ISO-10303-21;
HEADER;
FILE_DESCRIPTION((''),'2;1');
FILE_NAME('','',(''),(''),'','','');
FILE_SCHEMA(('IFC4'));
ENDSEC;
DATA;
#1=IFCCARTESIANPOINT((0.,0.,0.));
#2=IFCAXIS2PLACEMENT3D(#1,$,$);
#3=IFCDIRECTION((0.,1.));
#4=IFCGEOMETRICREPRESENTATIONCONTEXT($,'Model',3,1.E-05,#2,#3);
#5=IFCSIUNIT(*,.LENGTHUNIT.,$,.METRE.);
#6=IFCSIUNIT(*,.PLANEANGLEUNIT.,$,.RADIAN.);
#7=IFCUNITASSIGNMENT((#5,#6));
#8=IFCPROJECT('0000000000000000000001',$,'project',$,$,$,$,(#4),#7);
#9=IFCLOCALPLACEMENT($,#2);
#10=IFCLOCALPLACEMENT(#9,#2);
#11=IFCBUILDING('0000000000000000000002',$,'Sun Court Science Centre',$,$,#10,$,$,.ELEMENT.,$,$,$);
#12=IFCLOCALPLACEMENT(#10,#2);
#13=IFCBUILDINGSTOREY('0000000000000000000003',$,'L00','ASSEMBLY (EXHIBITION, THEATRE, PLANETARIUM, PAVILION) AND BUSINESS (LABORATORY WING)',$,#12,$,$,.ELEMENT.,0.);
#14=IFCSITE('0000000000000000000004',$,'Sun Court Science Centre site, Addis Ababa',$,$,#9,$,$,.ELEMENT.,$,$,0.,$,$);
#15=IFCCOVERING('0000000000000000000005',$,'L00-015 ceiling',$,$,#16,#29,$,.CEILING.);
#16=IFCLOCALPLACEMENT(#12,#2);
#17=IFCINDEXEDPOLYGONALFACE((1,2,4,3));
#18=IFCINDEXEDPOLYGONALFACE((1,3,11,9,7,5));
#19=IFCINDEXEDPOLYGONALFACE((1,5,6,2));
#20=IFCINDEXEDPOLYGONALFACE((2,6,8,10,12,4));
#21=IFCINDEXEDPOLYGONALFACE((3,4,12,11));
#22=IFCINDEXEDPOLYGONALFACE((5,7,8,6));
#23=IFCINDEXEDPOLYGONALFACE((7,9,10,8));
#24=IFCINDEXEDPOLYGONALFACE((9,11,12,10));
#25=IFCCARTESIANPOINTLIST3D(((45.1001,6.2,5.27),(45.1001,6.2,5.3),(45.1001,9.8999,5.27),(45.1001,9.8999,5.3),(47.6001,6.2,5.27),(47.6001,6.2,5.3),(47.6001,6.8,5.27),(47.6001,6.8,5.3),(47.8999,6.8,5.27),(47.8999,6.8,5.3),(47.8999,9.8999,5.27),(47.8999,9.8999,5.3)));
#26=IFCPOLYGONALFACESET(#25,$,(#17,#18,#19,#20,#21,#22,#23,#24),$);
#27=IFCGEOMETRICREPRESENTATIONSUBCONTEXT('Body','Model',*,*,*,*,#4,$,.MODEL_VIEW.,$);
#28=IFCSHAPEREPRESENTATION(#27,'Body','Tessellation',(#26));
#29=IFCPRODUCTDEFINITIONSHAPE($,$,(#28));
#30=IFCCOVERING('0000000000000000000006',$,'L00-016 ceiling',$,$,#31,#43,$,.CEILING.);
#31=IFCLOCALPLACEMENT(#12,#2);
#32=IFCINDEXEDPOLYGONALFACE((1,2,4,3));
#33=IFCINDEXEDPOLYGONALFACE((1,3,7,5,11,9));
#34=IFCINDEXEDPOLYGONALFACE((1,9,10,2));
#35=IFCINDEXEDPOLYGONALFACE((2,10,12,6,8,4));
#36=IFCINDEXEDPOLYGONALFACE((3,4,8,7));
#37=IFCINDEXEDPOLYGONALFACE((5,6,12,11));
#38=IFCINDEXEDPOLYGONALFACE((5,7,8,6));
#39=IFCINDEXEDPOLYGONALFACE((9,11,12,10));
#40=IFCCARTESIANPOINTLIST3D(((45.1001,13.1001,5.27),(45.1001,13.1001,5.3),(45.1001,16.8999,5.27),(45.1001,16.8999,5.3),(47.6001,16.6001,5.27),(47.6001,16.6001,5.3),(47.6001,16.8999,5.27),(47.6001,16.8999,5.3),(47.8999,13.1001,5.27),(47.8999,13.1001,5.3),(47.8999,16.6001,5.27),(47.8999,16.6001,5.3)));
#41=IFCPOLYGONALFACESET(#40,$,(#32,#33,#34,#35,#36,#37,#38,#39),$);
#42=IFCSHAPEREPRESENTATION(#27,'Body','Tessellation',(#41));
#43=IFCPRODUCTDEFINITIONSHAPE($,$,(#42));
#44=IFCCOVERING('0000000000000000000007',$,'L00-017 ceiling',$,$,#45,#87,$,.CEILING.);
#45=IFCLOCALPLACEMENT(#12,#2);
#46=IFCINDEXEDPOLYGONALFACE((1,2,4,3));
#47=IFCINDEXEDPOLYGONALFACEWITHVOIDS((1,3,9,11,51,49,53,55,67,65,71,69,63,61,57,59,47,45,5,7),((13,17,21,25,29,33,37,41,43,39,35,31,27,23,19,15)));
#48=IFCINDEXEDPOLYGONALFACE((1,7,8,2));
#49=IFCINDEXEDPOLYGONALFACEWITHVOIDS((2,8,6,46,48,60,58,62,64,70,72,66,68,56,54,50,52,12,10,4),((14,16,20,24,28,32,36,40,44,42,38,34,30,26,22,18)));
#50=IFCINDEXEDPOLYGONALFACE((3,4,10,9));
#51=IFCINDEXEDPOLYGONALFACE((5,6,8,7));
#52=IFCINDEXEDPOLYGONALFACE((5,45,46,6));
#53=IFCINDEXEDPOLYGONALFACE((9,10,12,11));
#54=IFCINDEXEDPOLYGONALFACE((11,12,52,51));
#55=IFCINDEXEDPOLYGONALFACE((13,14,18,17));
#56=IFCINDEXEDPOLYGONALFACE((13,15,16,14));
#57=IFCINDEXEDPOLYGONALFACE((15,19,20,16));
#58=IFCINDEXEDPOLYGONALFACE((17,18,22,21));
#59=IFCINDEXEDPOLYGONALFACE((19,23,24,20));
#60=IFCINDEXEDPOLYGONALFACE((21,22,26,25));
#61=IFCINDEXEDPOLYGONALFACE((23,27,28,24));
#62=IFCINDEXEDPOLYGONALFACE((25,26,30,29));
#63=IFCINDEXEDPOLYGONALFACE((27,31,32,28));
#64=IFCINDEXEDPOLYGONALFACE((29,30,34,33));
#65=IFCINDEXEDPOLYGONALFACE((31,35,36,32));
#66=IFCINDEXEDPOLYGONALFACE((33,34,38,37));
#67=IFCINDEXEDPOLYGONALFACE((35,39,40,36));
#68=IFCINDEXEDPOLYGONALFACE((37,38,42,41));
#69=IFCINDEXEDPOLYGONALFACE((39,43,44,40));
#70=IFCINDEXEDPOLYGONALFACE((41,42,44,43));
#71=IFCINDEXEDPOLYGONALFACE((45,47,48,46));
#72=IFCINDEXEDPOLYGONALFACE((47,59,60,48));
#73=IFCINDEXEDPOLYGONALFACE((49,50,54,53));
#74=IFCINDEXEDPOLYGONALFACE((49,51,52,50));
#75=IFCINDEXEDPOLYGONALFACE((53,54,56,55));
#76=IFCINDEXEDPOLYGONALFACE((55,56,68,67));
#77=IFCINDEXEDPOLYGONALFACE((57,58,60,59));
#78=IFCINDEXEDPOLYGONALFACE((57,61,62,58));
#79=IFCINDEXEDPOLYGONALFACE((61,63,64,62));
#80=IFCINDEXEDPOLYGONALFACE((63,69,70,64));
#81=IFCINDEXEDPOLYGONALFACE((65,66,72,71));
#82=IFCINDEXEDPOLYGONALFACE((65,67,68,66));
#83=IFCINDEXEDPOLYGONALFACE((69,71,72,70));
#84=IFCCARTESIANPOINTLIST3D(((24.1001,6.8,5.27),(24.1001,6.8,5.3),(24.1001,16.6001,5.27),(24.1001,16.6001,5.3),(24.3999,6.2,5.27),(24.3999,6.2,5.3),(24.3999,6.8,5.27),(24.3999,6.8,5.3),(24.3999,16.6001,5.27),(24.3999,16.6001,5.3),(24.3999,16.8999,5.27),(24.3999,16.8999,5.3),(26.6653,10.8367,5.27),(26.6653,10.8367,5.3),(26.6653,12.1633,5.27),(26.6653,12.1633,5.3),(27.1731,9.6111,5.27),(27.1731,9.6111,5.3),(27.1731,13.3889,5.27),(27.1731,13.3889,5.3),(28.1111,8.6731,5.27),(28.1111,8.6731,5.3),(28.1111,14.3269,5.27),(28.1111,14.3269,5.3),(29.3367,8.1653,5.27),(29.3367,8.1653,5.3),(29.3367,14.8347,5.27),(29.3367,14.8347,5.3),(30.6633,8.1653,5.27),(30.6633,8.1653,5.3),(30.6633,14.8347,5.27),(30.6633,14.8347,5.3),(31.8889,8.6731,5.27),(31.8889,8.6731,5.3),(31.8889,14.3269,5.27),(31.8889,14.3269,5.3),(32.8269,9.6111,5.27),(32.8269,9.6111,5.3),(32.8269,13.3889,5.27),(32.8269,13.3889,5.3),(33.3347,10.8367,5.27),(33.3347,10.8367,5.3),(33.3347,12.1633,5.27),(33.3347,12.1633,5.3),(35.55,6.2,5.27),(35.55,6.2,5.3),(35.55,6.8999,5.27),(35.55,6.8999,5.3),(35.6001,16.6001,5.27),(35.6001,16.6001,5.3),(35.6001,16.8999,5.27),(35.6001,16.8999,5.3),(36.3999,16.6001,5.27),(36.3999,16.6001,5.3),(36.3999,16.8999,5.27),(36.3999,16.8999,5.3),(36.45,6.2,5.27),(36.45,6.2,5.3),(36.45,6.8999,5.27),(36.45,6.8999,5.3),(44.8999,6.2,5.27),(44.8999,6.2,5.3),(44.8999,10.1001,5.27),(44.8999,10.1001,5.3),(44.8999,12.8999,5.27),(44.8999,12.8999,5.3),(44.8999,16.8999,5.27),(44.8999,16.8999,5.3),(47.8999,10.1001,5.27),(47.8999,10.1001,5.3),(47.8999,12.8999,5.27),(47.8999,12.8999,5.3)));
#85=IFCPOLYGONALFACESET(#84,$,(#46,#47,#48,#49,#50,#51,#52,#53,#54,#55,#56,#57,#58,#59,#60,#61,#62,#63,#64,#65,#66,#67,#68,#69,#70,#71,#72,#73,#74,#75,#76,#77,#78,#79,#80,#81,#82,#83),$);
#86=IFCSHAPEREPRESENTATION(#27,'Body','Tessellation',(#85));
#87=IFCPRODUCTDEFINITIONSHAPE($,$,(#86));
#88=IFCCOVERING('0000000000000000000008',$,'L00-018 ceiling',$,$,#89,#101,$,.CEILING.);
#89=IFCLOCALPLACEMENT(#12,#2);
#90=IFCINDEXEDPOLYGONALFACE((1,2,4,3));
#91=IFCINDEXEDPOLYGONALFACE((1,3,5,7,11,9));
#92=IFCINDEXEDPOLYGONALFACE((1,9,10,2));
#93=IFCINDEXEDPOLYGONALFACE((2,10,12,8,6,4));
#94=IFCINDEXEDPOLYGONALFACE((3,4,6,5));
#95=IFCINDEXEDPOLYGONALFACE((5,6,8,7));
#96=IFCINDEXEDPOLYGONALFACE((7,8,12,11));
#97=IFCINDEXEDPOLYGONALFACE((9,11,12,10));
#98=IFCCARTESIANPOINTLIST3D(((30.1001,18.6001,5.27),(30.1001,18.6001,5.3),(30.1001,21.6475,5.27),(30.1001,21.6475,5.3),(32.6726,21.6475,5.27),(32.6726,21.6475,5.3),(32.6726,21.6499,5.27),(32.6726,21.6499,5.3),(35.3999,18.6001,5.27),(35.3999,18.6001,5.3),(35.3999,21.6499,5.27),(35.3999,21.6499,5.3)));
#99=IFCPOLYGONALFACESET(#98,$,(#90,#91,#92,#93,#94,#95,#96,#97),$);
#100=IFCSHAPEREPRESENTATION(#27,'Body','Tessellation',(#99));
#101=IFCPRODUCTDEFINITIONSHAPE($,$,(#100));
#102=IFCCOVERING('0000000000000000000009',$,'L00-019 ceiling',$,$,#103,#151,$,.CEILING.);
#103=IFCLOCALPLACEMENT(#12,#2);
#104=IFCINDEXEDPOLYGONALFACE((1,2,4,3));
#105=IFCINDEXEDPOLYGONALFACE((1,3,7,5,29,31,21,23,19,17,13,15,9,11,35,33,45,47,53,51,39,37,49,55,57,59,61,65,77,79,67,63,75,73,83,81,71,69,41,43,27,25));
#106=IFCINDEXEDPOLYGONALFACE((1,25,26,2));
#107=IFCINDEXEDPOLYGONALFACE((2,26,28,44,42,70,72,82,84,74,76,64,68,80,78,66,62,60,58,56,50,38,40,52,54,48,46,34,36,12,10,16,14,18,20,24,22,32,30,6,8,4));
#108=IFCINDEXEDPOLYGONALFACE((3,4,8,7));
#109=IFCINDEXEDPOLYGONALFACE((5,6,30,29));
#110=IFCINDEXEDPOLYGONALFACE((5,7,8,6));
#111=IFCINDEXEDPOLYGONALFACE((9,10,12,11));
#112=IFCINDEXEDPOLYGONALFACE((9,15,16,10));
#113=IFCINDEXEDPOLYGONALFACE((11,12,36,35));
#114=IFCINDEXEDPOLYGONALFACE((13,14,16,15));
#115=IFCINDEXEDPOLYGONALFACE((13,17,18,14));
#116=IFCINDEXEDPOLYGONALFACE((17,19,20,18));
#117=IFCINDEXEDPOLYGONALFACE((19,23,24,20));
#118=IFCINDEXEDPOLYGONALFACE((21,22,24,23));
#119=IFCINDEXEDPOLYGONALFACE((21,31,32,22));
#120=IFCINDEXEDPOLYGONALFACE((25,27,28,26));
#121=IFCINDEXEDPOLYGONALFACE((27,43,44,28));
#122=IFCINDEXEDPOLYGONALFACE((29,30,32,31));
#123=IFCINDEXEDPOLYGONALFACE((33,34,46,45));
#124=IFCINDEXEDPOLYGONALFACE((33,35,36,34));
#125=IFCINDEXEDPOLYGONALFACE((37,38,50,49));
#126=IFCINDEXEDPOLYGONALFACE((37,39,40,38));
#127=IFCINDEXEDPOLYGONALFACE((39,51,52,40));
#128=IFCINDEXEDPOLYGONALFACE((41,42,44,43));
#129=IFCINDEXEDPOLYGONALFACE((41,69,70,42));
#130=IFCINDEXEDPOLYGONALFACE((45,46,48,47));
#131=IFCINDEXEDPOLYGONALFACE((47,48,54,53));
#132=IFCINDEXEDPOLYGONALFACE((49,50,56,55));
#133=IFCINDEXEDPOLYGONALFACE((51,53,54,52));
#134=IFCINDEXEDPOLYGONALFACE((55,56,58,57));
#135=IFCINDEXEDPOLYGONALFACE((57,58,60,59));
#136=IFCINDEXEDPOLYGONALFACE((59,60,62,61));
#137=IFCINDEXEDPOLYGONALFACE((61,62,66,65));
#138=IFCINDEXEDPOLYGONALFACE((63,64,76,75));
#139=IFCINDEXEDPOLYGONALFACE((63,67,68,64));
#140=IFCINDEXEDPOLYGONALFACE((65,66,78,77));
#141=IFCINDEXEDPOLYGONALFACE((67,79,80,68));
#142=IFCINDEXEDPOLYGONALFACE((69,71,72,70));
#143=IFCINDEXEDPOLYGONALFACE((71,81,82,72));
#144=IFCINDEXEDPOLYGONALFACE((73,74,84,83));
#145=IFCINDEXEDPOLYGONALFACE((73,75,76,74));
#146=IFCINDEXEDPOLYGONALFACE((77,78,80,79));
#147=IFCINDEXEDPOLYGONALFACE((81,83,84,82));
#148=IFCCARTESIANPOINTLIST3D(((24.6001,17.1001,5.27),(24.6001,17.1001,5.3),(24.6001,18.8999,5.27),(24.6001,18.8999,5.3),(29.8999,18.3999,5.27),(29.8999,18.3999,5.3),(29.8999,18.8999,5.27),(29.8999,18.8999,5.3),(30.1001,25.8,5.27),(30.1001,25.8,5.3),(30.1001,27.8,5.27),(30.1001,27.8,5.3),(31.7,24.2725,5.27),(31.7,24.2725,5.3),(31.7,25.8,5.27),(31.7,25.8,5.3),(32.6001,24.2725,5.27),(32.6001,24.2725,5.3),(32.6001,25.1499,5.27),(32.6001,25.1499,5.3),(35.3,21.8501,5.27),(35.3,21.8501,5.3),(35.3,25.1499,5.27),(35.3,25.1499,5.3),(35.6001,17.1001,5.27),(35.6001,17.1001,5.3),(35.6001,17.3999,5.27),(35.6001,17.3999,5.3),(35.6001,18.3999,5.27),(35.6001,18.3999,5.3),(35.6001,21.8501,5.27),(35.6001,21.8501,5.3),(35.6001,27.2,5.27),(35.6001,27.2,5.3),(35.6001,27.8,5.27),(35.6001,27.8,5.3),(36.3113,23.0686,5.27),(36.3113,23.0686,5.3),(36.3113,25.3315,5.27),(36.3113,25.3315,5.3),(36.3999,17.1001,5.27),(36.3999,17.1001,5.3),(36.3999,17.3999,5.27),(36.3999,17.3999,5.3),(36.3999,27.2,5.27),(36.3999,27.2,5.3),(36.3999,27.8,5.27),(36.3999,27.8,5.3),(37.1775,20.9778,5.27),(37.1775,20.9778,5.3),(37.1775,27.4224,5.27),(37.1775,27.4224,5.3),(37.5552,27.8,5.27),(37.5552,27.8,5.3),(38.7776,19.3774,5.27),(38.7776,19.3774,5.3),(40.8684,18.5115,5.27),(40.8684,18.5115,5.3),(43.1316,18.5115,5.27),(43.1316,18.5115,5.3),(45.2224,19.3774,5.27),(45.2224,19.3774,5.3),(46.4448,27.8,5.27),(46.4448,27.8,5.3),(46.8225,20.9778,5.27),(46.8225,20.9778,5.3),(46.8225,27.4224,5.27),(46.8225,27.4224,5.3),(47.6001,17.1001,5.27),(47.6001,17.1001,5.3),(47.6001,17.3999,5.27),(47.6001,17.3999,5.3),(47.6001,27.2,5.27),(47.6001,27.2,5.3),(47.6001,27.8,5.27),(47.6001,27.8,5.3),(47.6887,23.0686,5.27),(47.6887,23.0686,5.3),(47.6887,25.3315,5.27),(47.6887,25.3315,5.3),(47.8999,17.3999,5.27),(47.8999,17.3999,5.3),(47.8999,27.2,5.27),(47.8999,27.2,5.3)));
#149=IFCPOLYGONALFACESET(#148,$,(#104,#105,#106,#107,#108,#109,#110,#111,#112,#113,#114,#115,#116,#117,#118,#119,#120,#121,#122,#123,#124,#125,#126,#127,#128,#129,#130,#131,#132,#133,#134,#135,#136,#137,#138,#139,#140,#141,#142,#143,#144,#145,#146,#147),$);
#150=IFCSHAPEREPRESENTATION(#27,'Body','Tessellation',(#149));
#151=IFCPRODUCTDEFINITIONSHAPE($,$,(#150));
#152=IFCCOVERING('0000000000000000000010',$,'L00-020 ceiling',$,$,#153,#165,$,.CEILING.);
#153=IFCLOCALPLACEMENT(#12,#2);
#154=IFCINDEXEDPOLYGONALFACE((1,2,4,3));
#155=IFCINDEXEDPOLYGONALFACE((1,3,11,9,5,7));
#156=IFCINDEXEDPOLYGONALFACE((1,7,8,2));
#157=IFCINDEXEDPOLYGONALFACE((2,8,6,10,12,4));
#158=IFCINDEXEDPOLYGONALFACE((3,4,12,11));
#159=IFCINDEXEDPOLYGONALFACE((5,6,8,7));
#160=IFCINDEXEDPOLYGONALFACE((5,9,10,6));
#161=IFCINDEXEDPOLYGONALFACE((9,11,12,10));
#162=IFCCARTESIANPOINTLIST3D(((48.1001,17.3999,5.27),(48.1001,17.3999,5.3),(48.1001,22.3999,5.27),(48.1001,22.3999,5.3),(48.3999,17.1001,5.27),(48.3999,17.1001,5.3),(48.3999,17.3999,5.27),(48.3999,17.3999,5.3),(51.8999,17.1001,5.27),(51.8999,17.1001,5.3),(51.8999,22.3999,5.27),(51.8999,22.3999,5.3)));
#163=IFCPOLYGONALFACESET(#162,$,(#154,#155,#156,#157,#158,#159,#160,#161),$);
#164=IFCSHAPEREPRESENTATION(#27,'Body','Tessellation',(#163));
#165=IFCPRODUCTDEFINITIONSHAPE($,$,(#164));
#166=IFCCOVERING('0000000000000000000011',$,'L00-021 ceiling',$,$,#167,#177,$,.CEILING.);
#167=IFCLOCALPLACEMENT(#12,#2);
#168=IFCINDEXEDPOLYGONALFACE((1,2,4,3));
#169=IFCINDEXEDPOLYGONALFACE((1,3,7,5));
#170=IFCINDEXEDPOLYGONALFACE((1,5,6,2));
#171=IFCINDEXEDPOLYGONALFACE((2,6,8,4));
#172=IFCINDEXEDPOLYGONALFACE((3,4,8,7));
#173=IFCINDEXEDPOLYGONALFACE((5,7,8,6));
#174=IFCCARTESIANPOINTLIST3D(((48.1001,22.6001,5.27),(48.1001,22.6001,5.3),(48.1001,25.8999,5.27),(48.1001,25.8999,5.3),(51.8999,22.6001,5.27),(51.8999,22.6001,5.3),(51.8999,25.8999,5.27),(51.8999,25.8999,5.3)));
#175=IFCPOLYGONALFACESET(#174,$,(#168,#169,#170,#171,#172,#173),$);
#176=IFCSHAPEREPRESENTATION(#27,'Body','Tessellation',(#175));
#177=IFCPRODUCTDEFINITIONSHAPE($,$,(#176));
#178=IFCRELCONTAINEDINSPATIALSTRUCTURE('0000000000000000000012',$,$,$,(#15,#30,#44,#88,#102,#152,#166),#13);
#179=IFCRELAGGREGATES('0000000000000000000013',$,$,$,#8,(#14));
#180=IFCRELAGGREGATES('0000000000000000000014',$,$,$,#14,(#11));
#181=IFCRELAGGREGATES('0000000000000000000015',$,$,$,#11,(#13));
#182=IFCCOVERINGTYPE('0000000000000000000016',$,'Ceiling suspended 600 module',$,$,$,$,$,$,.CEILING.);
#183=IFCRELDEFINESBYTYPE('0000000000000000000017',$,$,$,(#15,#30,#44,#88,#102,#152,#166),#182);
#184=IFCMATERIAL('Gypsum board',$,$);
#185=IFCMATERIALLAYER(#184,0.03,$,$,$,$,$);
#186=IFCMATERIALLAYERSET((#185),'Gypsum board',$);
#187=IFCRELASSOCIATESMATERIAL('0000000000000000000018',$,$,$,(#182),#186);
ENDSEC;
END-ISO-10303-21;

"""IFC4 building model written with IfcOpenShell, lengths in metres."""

from ifc_helpers import new_model, si_unit, direction, frame, origin, place, context, subcontext, project, spatial, polyline, outline, extrude, material, layer, layer_set, type_object, element, save


model = new_model("IFC4")

# Units and contexts
model_context = context("Model", 3, precision=1e-05, world=origin(), true_north=direction((0.0, 1.0)))
body_context = subcontext(model_context, "Body", "Model", "MODEL_VIEW")
ifc_project = project(units=[si_unit("LENGTHUNIT", "METRE"), si_unit("PLANEANGLEUNIT", "RADIAN")], contexts=[model_context])

# Site, building, storey
site_placement = place(None, origin())
site = spatial("IfcSite", under=ifc_project, at=site_placement, Name="Sun Court Science Centre site, Addis Ababa", CompositionType="ELEMENT", RefElevation=0.0)
building_placement = place(site_placement, origin())
building = spatial("IfcBuilding", under=site, at=building_placement, Name="Sun Court Science Centre", CompositionType="ELEMENT")
storey_placement = place(building_placement, origin())
storey = spatial("IfcBuildingStorey", under=building, at=storey_placement, Name="L00", Description="ASSEMBLY (EXHIBITION, THEATRE, PLANETARIUM, PAVILION) AND BUSINESS (LABORATORY WING)", CompositionType="ELEMENT", Elevation=0.0)

# Coverings
ifc_material_1 = material(Name="Gypsum board")
ifc_layer_1 = layer(ifc_material_1, 0.03)
ifc_layer_set_1 = layer_set([ifc_layer_1], Name="Gypsum board")
covering_type = type_object("IfcCoveringType", Name="Ceiling suspended 600 module", PredefinedType="CEILING", material=ifc_layer_set_1)
covering_1_placement = place(storey_placement, frame((0.0, 0.0, 5.27)))
element("IfcCovering", 1, at=covering_1_placement, inside=storey, type_object=covering_type, Name="L00-015 ceiling", PredefinedType="CEILING", context=body_context, shape_type="SweptSolid", body=[
    extrude(outline(polyline([(45.1001, 6.2), (45.1001, 9.8999), (47.8999, 9.8999), (47.8999, 6.8), (47.6001, 6.8), (47.6001, 6.2), (45.1001, 6.2)])), origin(), (0.0, 0.0, 1.0), 0.03),
])
covering_2_placement = place(storey_placement, frame((0.0, 0.0, 5.27)))
element("IfcCovering", 2, at=covering_2_placement, inside=storey, type_object=covering_type, Name="L00-016 ceiling", PredefinedType="CEILING", context=body_context, shape_type="SweptSolid", body=[
    extrude(outline(polyline([(45.1001, 13.1001), (45.1001, 16.8999), (47.6001, 16.8999), (47.6001, 16.6001), (47.8999, 16.6001), (47.8999, 13.1001), (45.1001, 13.1001)])), origin(), (0.0, 0.0, 1.0), 0.03),
])
covering_3_placement = place(storey_placement, frame((0.0, 0.0, 5.27)))
element("IfcCovering", 3, at=covering_3_placement, inside=storey, type_object=covering_type, Name="L00-017 ceiling", PredefinedType="CEILING", context=body_context, shape_type="SweptSolid", body=[
    extrude(outline(polyline([(24.1001, 16.6001), (24.3999, 16.6001), (24.3999, 16.8999), (35.6001, 16.8999), (35.6001, 16.6001), (36.3999, 16.6001), (36.3999, 16.8999), (44.8999, 16.8999), (44.8999, 12.8999), (47.8999, 12.8999), (47.8999, 10.1001), (44.8999, 10.1001), (44.8999, 6.2), (36.45, 6.2), (36.45, 6.8999), (35.55, 6.8999), (35.55, 6.2), (24.3999, 6.2), (24.3999, 6.8), (24.1001, 6.8), (24.1001, 16.6001)]), holes=[polyline([(31.8889, 14.3269), (30.6633, 14.8347), (29.3367, 14.8347), (28.1111, 14.3269), (27.1731, 13.3889), (26.6653, 12.1633), (26.6653, 10.8367), (27.1731, 9.6111), (28.1111, 8.6731), (29.3367, 8.1653), (30.6633, 8.1653), (31.8889, 8.6731), (32.8269, 9.6111), (33.3347, 10.8367), (33.3347, 12.1633), (32.8269, 13.3889), (31.8889, 14.3269)])]), origin(), (0.0, 0.0, 1.0), 0.03),
])
covering_4_placement = place(storey_placement, frame((0.0, 0.0, 5.27)))
element("IfcCovering", 4, at=covering_4_placement, inside=storey, type_object=covering_type, Name="L00-018 ceiling", PredefinedType="CEILING", context=body_context, shape_type="SweptSolid", body=[
    extrude(outline(polyline([(30.1001, 18.6001), (30.1001, 21.6475), (32.6726, 21.6475), (32.6726, 21.6499), (35.3999, 21.6499), (35.3999, 18.6001), (30.1001, 18.6001)])), origin(), (0.0, 0.0, 1.0), 0.03),
])
covering_5_placement = place(storey_placement, frame((0.0, 0.0, 5.27)))
element("IfcCovering", 5, at=covering_5_placement, inside=storey, type_object=covering_type, Name="L00-019 ceiling", PredefinedType="CEILING", context=body_context, shape_type="SweptSolid", body=[
    extrude(outline(polyline([(37.5552, 27.8), (37.1775, 27.4224), (36.3113, 25.3315), (36.3113, 23.0686), (37.1775, 20.9778), (38.7776, 19.3774), (40.8684, 18.5115), (43.1316, 18.5115), (45.2224, 19.3774), (46.8225, 20.9778), (47.6887, 23.0686), (47.6887, 25.3315), (46.8225, 27.4224), (46.4448, 27.8), (47.6001, 27.8), (47.6001, 27.2), (47.8999, 27.2), (47.8999, 17.3999), (47.6001, 17.3999), (47.6001, 17.1001), (36.3999, 17.1001), (36.3999, 17.3999), (35.6001, 17.3999), (35.6001, 17.1001), (24.6001, 17.1001), (24.6001, 18.8999), (29.8999, 18.8999), (29.8999, 18.3999), (35.6001, 18.3999), (35.6001, 21.8501), (35.3, 21.8501), (35.3, 25.1499), (32.6001, 25.1499), (32.6001, 24.2725), (31.7, 24.2725), (31.7, 25.8), (30.1001, 25.8), (30.1001, 27.8), (35.6001, 27.8), (35.6001, 27.2), (36.3999, 27.2), (36.3999, 27.8), (37.5552, 27.8)])), origin(), (0.0, 0.0, 1.0), 0.03),
])
covering_6_placement = place(storey_placement, frame((0.0, 0.0, 5.27)))
element("IfcCovering", 6, at=covering_6_placement, inside=storey, type_object=covering_type, Name="L00-020 ceiling", PredefinedType="CEILING", context=body_context, shape_type="SweptSolid", body=[
    extrude(outline(polyline([(48.1001, 17.3999), (48.1001, 22.3999), (51.8999, 22.3999), (51.8999, 17.1001), (48.3999, 17.1001), (48.3999, 17.3999), (48.1001, 17.3999)])), origin(), (0.0, 0.0, 1.0), 0.03),
])
covering_7_placement = place(storey_placement, frame((0.0, 0.0, 5.27)))
element("IfcCovering", 7, at=covering_7_placement, inside=storey, type_object=covering_type, Name="L00-021 ceiling", PredefinedType="CEILING", context=body_context, shape_type="SweptSolid", body=[
    extrude(outline(polyline([(48.1001, 25.8999), (51.8999, 25.8999), (51.8999, 22.6001), (48.1001, 22.6001), (48.1001, 25.8999)])), origin(), (0.0, 0.0, 1.0), 0.03),
])

save(model, "model.ifc")
